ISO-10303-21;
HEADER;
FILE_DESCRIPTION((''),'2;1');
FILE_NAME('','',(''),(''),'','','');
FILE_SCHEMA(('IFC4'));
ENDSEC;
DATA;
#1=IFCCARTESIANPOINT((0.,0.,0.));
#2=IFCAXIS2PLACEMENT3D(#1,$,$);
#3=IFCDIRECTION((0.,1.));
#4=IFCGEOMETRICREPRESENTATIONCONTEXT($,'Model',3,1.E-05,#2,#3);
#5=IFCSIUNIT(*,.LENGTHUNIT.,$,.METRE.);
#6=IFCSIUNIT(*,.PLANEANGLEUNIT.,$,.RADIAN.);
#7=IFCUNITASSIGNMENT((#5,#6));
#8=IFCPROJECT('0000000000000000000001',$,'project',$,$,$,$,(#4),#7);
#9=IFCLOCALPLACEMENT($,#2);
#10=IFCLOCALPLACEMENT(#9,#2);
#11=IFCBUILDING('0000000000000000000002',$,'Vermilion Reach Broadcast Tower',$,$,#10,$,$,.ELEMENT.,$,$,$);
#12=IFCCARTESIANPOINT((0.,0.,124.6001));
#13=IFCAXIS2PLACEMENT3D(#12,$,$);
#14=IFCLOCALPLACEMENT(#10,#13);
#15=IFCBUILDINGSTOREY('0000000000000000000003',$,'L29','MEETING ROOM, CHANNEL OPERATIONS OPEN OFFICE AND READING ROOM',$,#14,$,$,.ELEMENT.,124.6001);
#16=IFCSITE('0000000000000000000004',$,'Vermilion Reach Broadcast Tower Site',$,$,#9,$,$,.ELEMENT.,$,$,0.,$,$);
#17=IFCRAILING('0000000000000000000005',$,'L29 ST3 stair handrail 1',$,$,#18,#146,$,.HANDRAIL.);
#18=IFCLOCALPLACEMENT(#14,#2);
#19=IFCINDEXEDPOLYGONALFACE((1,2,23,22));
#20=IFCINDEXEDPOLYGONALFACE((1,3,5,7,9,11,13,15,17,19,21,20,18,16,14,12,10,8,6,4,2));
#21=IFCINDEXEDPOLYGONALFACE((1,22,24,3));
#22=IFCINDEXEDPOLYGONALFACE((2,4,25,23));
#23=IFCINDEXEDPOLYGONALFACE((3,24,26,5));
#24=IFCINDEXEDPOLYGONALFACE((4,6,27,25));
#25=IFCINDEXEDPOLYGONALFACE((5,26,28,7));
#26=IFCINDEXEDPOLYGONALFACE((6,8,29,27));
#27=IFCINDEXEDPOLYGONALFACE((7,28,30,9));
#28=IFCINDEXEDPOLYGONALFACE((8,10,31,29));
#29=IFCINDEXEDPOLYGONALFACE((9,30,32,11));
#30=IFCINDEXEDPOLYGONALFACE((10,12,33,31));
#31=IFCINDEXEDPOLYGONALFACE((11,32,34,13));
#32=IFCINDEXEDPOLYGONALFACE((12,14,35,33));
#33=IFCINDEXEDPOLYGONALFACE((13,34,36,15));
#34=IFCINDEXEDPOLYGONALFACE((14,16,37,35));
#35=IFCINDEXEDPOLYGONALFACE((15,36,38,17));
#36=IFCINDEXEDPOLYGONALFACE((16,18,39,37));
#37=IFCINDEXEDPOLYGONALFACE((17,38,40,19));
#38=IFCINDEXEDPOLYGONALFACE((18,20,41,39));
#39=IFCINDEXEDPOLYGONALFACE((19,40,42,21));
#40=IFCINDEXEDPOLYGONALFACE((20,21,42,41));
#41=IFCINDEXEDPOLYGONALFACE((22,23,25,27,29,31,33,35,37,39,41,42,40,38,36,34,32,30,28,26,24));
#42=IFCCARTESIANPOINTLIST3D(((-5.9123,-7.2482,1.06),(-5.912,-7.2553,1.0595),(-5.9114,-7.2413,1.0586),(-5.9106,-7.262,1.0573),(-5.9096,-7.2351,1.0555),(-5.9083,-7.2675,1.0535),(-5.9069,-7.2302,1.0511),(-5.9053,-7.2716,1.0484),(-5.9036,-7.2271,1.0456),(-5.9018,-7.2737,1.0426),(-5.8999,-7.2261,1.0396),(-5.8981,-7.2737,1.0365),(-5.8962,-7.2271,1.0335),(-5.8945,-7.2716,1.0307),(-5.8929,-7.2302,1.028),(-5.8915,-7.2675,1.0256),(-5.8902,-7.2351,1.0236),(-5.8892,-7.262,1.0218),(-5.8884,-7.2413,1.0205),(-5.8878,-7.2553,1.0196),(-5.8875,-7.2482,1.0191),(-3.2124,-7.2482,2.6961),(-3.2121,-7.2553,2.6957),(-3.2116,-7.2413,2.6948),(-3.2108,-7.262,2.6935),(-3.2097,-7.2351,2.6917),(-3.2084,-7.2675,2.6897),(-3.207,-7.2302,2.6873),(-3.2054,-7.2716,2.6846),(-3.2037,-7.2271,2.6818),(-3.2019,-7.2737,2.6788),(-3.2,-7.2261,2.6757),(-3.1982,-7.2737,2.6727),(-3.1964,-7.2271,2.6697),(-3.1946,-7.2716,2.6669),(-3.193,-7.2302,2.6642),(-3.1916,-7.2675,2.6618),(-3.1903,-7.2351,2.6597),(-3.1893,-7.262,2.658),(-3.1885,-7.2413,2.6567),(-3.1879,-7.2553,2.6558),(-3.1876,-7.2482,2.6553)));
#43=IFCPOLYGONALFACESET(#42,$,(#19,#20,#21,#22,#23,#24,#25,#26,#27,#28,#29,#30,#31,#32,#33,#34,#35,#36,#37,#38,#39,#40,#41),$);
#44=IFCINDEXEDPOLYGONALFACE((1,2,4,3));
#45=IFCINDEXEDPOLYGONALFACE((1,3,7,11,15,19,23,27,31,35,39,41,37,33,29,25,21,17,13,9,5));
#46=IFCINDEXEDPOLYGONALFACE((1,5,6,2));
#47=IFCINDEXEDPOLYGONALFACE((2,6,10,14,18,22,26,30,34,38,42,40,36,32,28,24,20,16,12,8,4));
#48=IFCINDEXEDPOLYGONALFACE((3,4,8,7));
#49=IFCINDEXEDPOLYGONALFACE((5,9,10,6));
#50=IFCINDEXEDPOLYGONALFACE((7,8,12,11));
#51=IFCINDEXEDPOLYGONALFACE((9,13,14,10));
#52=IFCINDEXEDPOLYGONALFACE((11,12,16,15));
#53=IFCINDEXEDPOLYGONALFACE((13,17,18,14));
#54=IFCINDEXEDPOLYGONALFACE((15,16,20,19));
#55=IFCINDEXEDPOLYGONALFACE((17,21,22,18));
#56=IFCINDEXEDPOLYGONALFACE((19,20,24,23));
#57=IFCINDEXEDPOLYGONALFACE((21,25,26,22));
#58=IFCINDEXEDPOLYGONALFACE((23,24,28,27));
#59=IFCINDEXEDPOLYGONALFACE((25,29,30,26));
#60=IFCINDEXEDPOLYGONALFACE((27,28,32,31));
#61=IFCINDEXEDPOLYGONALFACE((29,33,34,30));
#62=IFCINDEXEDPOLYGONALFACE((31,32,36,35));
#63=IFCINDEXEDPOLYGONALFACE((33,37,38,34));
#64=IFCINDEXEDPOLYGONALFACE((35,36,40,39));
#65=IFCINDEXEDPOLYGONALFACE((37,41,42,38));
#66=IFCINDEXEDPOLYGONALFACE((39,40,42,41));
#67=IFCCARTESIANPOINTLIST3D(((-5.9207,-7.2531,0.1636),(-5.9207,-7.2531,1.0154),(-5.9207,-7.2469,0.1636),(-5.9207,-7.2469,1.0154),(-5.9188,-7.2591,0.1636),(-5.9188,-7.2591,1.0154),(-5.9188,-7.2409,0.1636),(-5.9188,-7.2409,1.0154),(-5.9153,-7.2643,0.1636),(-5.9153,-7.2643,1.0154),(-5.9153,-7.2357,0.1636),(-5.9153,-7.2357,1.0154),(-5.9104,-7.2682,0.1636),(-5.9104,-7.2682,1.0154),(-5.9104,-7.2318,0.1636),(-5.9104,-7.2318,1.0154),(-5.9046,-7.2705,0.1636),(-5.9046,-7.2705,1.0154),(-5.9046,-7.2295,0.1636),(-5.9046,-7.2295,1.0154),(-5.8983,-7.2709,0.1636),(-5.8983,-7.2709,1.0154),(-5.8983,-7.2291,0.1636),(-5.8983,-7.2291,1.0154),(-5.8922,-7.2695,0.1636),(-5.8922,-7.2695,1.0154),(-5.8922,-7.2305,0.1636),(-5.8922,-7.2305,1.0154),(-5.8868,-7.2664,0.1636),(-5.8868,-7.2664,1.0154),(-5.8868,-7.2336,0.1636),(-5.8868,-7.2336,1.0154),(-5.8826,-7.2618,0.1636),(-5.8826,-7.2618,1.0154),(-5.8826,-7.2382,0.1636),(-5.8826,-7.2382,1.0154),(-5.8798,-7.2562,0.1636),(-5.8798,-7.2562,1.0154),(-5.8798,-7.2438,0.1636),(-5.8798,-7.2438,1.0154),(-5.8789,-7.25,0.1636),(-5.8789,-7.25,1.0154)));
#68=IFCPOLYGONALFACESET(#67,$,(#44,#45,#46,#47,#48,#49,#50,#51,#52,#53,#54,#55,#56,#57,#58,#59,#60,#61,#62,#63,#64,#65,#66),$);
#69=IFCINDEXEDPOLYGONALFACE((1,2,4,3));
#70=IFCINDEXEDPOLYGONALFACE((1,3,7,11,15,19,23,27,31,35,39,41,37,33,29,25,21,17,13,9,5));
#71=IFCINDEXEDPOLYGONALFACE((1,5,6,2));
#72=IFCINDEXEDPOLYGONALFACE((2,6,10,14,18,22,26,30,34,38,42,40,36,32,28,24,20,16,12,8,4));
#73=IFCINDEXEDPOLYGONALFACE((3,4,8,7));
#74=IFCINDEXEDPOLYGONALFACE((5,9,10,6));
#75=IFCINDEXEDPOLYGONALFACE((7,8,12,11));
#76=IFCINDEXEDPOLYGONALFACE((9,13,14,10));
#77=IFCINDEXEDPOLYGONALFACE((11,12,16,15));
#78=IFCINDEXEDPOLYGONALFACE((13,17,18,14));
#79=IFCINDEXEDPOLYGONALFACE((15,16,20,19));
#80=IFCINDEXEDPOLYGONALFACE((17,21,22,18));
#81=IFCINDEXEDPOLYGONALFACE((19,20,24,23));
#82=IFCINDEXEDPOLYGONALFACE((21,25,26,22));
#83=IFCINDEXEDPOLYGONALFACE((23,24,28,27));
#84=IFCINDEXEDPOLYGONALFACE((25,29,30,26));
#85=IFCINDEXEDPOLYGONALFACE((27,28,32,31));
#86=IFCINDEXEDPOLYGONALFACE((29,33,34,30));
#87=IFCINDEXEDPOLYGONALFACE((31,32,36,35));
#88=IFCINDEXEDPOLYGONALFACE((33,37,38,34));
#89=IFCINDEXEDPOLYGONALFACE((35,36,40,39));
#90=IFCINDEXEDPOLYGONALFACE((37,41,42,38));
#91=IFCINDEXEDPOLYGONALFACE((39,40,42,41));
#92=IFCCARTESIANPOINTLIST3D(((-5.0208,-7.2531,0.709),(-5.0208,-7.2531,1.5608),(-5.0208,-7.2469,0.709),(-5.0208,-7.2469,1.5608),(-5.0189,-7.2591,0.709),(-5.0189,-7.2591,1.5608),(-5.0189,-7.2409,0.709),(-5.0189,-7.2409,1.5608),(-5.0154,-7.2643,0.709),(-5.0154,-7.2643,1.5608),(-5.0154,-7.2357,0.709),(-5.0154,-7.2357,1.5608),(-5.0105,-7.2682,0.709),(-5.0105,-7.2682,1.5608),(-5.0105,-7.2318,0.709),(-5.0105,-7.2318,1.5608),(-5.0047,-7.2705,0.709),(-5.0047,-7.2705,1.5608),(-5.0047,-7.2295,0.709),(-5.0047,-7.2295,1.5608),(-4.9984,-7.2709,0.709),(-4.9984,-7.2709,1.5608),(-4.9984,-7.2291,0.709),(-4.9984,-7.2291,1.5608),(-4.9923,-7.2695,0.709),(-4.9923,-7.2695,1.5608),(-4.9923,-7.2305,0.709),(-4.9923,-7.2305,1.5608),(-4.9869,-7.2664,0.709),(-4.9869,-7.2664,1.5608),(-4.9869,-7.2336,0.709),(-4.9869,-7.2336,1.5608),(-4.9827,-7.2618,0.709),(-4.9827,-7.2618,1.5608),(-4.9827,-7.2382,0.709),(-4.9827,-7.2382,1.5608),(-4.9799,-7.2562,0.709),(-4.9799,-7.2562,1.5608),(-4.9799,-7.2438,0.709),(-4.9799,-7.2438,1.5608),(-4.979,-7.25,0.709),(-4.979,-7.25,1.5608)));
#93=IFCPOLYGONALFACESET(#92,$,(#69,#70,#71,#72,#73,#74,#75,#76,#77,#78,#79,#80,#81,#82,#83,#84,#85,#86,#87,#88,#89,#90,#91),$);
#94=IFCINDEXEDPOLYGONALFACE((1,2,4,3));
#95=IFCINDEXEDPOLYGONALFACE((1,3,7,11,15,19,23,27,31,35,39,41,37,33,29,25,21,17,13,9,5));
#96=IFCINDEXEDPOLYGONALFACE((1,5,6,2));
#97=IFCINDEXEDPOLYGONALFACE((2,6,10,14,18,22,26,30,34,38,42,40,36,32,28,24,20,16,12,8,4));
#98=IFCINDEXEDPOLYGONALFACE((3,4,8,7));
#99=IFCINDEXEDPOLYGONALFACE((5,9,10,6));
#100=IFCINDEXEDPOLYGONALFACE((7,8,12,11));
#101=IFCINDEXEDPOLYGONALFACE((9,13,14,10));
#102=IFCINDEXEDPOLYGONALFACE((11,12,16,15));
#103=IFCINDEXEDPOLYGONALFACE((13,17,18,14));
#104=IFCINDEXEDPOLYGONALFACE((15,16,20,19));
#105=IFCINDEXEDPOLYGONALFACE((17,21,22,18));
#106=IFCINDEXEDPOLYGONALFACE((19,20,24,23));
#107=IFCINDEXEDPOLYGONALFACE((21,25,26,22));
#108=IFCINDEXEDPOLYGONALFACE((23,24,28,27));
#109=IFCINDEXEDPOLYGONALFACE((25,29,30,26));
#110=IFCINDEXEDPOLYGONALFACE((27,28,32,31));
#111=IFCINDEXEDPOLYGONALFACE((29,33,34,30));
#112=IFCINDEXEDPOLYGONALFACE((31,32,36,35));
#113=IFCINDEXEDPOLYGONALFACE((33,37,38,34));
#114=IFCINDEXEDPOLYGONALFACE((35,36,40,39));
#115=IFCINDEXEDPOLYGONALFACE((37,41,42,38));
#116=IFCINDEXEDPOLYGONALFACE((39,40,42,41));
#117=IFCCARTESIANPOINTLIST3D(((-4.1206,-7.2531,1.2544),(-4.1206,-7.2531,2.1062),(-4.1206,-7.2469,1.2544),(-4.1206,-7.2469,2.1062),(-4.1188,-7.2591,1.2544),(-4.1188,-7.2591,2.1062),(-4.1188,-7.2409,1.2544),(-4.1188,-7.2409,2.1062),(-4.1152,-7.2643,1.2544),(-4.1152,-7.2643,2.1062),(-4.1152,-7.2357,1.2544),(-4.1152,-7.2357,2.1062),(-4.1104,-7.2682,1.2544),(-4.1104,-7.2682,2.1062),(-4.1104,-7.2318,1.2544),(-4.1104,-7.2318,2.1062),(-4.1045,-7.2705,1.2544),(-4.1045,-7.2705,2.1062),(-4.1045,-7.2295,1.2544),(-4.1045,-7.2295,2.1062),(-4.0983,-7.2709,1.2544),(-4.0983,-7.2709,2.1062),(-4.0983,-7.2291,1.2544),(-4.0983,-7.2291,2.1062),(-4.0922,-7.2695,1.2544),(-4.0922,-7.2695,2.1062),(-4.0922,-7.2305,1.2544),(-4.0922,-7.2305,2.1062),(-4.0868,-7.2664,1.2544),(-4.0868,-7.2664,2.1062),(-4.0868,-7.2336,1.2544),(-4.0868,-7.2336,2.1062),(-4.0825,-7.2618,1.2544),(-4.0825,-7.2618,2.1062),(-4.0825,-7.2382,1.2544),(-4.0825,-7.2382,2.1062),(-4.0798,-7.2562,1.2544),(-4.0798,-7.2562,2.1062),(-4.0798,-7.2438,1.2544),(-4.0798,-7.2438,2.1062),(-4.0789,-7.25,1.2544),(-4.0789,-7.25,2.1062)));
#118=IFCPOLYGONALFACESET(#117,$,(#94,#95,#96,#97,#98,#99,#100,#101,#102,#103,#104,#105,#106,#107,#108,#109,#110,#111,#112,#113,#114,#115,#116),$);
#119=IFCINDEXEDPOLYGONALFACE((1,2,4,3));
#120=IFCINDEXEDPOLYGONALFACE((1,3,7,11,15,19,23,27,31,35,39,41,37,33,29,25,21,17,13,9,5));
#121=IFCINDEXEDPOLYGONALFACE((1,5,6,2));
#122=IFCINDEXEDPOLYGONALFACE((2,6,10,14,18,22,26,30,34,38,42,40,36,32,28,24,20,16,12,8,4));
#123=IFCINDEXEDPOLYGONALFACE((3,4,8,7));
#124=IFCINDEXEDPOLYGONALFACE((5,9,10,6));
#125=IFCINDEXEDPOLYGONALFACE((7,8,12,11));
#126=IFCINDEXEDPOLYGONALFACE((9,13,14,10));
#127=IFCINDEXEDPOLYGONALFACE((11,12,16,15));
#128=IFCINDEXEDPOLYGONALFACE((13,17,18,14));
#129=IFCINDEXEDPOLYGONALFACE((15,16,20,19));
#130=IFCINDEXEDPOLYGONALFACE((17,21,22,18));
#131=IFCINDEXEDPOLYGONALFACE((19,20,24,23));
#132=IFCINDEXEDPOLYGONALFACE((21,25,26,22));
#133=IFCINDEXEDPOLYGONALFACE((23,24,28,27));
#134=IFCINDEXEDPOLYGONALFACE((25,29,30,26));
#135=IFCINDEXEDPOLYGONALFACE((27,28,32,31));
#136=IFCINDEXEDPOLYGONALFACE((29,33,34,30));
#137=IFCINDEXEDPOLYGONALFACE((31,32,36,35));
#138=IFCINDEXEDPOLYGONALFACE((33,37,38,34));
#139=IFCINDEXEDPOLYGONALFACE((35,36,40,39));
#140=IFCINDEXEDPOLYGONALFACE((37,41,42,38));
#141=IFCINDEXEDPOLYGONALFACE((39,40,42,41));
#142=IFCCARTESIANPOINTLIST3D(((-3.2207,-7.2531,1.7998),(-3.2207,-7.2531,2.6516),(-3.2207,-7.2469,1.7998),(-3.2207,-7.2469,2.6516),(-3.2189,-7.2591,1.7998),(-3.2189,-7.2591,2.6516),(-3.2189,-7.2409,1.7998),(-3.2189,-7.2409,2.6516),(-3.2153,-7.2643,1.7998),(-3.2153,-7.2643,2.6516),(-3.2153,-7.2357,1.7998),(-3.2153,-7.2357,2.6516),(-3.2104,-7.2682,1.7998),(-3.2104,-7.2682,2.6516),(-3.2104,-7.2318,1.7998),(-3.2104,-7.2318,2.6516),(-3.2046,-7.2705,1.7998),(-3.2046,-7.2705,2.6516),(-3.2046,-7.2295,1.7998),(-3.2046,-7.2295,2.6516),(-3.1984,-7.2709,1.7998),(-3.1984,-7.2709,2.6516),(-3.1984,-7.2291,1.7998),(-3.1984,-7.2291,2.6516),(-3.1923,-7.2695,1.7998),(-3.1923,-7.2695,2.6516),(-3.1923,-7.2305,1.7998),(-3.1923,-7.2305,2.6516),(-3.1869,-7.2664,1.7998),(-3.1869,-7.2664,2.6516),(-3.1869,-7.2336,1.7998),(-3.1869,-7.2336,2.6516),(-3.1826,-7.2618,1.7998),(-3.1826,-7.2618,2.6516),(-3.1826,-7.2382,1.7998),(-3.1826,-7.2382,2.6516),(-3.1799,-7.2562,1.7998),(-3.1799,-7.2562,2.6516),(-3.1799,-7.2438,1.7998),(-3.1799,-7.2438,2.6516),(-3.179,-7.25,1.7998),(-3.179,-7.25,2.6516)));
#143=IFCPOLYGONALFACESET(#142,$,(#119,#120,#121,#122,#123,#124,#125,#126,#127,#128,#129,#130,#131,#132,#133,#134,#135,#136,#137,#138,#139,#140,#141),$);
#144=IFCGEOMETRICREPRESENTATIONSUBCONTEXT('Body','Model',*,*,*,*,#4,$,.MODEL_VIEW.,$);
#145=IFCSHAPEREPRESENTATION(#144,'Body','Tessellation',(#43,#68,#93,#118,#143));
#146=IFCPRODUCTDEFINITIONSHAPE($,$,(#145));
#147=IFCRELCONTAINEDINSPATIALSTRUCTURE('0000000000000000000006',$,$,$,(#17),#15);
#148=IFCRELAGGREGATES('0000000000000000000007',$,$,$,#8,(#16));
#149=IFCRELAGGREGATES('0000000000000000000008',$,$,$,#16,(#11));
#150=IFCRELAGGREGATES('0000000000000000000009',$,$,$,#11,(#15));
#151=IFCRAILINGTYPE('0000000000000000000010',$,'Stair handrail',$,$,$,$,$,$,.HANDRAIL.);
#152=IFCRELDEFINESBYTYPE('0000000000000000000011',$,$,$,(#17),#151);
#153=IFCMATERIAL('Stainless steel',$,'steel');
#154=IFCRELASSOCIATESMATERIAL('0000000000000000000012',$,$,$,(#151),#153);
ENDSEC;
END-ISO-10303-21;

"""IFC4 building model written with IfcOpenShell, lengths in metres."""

from ifc_helpers import new_model, si_unit, direction, frame, origin, origin_2d, place, context, subcontext, project, spatial, circle, extrude, material, type_object, element, save


model = new_model("IFC4")

# Units and contexts
model_context = context("Model", 3, precision=1e-05, world=origin(), true_north=direction((0.0, 1.0)))
body_context = subcontext(model_context, "Body", "Model", "MODEL_VIEW")
ifc_project = project(units=[si_unit("LENGTHUNIT", "METRE"), si_unit("PLANEANGLEUNIT", "RADIAN")], contexts=[model_context])

# Site, building, storey
site_placement = place(None, origin())
site = spatial("IfcSite", under=ifc_project, at=site_placement, Name="Vermilion Reach Broadcast Tower Site", CompositionType="ELEMENT", RefElevation=0.0)
building_placement = place(site_placement, origin())
building = spatial("IfcBuilding", under=site, at=building_placement, Name="Vermilion Reach Broadcast Tower", CompositionType="ELEMENT")
storey_placement = place(building_placement, frame((0.0, 0.0, 124.6001)))
storey = spatial("IfcBuildingStorey", under=building, at=storey_placement, Name="L29", Description="MEETING ROOM, CHANNEL OPERATIONS OPEN OFFICE AND READING ROOM", CompositionType="ELEMENT", Elevation=124.6001)

# Railing
ifc_material_1 = material(Name="Stainless steel", Category="steel")
railing_type_1 = type_object("IfcRailingType", Name="Stair handrail", PredefinedType="HANDRAIL", material=ifc_material_1)
railing_1_placement = place(storey_placement, frame((-5.8999, -7.25, 0.1636)))
element("IfcRailing", 1, at=railing_1_placement, inside=storey, type_object=railing_type_1, Name="L29 ST3 stair handrail 1", PredefinedType="HANDRAIL", context=body_context, shape_type="SweptSolid", body=[
    extrude(circle(Radius=0.0239, at=origin_2d()), frame((0.0, 0.0, 0.876), z_axis=(0.855212, 0.0, 0.518278), x_axis=(0.0, 1.0, 0.0)), (0.0, 0.0, 1.0), 3.157),
    extrude(circle(Radius=0.021, at=origin_2d()), origin(), (0.0, 0.0, 1.0), 0.8518),
    extrude(circle(Radius=0.021, at=origin_2d()), frame((0.8999, 0.0, 0.5454)), (0.0, 0.0, 1.0), 0.8518),
    extrude(circle(Radius=0.021, at=origin_2d()), frame((1.8, 0.0, 1.0908)), (0.0, 0.0, 1.0), 0.8518),
    extrude(circle(Radius=0.021, at=origin_2d()), frame((2.7, 0.0, 1.6362)), (0.0, 0.0, 1.0), 0.8518),
])

save(model, "model.ifc")
